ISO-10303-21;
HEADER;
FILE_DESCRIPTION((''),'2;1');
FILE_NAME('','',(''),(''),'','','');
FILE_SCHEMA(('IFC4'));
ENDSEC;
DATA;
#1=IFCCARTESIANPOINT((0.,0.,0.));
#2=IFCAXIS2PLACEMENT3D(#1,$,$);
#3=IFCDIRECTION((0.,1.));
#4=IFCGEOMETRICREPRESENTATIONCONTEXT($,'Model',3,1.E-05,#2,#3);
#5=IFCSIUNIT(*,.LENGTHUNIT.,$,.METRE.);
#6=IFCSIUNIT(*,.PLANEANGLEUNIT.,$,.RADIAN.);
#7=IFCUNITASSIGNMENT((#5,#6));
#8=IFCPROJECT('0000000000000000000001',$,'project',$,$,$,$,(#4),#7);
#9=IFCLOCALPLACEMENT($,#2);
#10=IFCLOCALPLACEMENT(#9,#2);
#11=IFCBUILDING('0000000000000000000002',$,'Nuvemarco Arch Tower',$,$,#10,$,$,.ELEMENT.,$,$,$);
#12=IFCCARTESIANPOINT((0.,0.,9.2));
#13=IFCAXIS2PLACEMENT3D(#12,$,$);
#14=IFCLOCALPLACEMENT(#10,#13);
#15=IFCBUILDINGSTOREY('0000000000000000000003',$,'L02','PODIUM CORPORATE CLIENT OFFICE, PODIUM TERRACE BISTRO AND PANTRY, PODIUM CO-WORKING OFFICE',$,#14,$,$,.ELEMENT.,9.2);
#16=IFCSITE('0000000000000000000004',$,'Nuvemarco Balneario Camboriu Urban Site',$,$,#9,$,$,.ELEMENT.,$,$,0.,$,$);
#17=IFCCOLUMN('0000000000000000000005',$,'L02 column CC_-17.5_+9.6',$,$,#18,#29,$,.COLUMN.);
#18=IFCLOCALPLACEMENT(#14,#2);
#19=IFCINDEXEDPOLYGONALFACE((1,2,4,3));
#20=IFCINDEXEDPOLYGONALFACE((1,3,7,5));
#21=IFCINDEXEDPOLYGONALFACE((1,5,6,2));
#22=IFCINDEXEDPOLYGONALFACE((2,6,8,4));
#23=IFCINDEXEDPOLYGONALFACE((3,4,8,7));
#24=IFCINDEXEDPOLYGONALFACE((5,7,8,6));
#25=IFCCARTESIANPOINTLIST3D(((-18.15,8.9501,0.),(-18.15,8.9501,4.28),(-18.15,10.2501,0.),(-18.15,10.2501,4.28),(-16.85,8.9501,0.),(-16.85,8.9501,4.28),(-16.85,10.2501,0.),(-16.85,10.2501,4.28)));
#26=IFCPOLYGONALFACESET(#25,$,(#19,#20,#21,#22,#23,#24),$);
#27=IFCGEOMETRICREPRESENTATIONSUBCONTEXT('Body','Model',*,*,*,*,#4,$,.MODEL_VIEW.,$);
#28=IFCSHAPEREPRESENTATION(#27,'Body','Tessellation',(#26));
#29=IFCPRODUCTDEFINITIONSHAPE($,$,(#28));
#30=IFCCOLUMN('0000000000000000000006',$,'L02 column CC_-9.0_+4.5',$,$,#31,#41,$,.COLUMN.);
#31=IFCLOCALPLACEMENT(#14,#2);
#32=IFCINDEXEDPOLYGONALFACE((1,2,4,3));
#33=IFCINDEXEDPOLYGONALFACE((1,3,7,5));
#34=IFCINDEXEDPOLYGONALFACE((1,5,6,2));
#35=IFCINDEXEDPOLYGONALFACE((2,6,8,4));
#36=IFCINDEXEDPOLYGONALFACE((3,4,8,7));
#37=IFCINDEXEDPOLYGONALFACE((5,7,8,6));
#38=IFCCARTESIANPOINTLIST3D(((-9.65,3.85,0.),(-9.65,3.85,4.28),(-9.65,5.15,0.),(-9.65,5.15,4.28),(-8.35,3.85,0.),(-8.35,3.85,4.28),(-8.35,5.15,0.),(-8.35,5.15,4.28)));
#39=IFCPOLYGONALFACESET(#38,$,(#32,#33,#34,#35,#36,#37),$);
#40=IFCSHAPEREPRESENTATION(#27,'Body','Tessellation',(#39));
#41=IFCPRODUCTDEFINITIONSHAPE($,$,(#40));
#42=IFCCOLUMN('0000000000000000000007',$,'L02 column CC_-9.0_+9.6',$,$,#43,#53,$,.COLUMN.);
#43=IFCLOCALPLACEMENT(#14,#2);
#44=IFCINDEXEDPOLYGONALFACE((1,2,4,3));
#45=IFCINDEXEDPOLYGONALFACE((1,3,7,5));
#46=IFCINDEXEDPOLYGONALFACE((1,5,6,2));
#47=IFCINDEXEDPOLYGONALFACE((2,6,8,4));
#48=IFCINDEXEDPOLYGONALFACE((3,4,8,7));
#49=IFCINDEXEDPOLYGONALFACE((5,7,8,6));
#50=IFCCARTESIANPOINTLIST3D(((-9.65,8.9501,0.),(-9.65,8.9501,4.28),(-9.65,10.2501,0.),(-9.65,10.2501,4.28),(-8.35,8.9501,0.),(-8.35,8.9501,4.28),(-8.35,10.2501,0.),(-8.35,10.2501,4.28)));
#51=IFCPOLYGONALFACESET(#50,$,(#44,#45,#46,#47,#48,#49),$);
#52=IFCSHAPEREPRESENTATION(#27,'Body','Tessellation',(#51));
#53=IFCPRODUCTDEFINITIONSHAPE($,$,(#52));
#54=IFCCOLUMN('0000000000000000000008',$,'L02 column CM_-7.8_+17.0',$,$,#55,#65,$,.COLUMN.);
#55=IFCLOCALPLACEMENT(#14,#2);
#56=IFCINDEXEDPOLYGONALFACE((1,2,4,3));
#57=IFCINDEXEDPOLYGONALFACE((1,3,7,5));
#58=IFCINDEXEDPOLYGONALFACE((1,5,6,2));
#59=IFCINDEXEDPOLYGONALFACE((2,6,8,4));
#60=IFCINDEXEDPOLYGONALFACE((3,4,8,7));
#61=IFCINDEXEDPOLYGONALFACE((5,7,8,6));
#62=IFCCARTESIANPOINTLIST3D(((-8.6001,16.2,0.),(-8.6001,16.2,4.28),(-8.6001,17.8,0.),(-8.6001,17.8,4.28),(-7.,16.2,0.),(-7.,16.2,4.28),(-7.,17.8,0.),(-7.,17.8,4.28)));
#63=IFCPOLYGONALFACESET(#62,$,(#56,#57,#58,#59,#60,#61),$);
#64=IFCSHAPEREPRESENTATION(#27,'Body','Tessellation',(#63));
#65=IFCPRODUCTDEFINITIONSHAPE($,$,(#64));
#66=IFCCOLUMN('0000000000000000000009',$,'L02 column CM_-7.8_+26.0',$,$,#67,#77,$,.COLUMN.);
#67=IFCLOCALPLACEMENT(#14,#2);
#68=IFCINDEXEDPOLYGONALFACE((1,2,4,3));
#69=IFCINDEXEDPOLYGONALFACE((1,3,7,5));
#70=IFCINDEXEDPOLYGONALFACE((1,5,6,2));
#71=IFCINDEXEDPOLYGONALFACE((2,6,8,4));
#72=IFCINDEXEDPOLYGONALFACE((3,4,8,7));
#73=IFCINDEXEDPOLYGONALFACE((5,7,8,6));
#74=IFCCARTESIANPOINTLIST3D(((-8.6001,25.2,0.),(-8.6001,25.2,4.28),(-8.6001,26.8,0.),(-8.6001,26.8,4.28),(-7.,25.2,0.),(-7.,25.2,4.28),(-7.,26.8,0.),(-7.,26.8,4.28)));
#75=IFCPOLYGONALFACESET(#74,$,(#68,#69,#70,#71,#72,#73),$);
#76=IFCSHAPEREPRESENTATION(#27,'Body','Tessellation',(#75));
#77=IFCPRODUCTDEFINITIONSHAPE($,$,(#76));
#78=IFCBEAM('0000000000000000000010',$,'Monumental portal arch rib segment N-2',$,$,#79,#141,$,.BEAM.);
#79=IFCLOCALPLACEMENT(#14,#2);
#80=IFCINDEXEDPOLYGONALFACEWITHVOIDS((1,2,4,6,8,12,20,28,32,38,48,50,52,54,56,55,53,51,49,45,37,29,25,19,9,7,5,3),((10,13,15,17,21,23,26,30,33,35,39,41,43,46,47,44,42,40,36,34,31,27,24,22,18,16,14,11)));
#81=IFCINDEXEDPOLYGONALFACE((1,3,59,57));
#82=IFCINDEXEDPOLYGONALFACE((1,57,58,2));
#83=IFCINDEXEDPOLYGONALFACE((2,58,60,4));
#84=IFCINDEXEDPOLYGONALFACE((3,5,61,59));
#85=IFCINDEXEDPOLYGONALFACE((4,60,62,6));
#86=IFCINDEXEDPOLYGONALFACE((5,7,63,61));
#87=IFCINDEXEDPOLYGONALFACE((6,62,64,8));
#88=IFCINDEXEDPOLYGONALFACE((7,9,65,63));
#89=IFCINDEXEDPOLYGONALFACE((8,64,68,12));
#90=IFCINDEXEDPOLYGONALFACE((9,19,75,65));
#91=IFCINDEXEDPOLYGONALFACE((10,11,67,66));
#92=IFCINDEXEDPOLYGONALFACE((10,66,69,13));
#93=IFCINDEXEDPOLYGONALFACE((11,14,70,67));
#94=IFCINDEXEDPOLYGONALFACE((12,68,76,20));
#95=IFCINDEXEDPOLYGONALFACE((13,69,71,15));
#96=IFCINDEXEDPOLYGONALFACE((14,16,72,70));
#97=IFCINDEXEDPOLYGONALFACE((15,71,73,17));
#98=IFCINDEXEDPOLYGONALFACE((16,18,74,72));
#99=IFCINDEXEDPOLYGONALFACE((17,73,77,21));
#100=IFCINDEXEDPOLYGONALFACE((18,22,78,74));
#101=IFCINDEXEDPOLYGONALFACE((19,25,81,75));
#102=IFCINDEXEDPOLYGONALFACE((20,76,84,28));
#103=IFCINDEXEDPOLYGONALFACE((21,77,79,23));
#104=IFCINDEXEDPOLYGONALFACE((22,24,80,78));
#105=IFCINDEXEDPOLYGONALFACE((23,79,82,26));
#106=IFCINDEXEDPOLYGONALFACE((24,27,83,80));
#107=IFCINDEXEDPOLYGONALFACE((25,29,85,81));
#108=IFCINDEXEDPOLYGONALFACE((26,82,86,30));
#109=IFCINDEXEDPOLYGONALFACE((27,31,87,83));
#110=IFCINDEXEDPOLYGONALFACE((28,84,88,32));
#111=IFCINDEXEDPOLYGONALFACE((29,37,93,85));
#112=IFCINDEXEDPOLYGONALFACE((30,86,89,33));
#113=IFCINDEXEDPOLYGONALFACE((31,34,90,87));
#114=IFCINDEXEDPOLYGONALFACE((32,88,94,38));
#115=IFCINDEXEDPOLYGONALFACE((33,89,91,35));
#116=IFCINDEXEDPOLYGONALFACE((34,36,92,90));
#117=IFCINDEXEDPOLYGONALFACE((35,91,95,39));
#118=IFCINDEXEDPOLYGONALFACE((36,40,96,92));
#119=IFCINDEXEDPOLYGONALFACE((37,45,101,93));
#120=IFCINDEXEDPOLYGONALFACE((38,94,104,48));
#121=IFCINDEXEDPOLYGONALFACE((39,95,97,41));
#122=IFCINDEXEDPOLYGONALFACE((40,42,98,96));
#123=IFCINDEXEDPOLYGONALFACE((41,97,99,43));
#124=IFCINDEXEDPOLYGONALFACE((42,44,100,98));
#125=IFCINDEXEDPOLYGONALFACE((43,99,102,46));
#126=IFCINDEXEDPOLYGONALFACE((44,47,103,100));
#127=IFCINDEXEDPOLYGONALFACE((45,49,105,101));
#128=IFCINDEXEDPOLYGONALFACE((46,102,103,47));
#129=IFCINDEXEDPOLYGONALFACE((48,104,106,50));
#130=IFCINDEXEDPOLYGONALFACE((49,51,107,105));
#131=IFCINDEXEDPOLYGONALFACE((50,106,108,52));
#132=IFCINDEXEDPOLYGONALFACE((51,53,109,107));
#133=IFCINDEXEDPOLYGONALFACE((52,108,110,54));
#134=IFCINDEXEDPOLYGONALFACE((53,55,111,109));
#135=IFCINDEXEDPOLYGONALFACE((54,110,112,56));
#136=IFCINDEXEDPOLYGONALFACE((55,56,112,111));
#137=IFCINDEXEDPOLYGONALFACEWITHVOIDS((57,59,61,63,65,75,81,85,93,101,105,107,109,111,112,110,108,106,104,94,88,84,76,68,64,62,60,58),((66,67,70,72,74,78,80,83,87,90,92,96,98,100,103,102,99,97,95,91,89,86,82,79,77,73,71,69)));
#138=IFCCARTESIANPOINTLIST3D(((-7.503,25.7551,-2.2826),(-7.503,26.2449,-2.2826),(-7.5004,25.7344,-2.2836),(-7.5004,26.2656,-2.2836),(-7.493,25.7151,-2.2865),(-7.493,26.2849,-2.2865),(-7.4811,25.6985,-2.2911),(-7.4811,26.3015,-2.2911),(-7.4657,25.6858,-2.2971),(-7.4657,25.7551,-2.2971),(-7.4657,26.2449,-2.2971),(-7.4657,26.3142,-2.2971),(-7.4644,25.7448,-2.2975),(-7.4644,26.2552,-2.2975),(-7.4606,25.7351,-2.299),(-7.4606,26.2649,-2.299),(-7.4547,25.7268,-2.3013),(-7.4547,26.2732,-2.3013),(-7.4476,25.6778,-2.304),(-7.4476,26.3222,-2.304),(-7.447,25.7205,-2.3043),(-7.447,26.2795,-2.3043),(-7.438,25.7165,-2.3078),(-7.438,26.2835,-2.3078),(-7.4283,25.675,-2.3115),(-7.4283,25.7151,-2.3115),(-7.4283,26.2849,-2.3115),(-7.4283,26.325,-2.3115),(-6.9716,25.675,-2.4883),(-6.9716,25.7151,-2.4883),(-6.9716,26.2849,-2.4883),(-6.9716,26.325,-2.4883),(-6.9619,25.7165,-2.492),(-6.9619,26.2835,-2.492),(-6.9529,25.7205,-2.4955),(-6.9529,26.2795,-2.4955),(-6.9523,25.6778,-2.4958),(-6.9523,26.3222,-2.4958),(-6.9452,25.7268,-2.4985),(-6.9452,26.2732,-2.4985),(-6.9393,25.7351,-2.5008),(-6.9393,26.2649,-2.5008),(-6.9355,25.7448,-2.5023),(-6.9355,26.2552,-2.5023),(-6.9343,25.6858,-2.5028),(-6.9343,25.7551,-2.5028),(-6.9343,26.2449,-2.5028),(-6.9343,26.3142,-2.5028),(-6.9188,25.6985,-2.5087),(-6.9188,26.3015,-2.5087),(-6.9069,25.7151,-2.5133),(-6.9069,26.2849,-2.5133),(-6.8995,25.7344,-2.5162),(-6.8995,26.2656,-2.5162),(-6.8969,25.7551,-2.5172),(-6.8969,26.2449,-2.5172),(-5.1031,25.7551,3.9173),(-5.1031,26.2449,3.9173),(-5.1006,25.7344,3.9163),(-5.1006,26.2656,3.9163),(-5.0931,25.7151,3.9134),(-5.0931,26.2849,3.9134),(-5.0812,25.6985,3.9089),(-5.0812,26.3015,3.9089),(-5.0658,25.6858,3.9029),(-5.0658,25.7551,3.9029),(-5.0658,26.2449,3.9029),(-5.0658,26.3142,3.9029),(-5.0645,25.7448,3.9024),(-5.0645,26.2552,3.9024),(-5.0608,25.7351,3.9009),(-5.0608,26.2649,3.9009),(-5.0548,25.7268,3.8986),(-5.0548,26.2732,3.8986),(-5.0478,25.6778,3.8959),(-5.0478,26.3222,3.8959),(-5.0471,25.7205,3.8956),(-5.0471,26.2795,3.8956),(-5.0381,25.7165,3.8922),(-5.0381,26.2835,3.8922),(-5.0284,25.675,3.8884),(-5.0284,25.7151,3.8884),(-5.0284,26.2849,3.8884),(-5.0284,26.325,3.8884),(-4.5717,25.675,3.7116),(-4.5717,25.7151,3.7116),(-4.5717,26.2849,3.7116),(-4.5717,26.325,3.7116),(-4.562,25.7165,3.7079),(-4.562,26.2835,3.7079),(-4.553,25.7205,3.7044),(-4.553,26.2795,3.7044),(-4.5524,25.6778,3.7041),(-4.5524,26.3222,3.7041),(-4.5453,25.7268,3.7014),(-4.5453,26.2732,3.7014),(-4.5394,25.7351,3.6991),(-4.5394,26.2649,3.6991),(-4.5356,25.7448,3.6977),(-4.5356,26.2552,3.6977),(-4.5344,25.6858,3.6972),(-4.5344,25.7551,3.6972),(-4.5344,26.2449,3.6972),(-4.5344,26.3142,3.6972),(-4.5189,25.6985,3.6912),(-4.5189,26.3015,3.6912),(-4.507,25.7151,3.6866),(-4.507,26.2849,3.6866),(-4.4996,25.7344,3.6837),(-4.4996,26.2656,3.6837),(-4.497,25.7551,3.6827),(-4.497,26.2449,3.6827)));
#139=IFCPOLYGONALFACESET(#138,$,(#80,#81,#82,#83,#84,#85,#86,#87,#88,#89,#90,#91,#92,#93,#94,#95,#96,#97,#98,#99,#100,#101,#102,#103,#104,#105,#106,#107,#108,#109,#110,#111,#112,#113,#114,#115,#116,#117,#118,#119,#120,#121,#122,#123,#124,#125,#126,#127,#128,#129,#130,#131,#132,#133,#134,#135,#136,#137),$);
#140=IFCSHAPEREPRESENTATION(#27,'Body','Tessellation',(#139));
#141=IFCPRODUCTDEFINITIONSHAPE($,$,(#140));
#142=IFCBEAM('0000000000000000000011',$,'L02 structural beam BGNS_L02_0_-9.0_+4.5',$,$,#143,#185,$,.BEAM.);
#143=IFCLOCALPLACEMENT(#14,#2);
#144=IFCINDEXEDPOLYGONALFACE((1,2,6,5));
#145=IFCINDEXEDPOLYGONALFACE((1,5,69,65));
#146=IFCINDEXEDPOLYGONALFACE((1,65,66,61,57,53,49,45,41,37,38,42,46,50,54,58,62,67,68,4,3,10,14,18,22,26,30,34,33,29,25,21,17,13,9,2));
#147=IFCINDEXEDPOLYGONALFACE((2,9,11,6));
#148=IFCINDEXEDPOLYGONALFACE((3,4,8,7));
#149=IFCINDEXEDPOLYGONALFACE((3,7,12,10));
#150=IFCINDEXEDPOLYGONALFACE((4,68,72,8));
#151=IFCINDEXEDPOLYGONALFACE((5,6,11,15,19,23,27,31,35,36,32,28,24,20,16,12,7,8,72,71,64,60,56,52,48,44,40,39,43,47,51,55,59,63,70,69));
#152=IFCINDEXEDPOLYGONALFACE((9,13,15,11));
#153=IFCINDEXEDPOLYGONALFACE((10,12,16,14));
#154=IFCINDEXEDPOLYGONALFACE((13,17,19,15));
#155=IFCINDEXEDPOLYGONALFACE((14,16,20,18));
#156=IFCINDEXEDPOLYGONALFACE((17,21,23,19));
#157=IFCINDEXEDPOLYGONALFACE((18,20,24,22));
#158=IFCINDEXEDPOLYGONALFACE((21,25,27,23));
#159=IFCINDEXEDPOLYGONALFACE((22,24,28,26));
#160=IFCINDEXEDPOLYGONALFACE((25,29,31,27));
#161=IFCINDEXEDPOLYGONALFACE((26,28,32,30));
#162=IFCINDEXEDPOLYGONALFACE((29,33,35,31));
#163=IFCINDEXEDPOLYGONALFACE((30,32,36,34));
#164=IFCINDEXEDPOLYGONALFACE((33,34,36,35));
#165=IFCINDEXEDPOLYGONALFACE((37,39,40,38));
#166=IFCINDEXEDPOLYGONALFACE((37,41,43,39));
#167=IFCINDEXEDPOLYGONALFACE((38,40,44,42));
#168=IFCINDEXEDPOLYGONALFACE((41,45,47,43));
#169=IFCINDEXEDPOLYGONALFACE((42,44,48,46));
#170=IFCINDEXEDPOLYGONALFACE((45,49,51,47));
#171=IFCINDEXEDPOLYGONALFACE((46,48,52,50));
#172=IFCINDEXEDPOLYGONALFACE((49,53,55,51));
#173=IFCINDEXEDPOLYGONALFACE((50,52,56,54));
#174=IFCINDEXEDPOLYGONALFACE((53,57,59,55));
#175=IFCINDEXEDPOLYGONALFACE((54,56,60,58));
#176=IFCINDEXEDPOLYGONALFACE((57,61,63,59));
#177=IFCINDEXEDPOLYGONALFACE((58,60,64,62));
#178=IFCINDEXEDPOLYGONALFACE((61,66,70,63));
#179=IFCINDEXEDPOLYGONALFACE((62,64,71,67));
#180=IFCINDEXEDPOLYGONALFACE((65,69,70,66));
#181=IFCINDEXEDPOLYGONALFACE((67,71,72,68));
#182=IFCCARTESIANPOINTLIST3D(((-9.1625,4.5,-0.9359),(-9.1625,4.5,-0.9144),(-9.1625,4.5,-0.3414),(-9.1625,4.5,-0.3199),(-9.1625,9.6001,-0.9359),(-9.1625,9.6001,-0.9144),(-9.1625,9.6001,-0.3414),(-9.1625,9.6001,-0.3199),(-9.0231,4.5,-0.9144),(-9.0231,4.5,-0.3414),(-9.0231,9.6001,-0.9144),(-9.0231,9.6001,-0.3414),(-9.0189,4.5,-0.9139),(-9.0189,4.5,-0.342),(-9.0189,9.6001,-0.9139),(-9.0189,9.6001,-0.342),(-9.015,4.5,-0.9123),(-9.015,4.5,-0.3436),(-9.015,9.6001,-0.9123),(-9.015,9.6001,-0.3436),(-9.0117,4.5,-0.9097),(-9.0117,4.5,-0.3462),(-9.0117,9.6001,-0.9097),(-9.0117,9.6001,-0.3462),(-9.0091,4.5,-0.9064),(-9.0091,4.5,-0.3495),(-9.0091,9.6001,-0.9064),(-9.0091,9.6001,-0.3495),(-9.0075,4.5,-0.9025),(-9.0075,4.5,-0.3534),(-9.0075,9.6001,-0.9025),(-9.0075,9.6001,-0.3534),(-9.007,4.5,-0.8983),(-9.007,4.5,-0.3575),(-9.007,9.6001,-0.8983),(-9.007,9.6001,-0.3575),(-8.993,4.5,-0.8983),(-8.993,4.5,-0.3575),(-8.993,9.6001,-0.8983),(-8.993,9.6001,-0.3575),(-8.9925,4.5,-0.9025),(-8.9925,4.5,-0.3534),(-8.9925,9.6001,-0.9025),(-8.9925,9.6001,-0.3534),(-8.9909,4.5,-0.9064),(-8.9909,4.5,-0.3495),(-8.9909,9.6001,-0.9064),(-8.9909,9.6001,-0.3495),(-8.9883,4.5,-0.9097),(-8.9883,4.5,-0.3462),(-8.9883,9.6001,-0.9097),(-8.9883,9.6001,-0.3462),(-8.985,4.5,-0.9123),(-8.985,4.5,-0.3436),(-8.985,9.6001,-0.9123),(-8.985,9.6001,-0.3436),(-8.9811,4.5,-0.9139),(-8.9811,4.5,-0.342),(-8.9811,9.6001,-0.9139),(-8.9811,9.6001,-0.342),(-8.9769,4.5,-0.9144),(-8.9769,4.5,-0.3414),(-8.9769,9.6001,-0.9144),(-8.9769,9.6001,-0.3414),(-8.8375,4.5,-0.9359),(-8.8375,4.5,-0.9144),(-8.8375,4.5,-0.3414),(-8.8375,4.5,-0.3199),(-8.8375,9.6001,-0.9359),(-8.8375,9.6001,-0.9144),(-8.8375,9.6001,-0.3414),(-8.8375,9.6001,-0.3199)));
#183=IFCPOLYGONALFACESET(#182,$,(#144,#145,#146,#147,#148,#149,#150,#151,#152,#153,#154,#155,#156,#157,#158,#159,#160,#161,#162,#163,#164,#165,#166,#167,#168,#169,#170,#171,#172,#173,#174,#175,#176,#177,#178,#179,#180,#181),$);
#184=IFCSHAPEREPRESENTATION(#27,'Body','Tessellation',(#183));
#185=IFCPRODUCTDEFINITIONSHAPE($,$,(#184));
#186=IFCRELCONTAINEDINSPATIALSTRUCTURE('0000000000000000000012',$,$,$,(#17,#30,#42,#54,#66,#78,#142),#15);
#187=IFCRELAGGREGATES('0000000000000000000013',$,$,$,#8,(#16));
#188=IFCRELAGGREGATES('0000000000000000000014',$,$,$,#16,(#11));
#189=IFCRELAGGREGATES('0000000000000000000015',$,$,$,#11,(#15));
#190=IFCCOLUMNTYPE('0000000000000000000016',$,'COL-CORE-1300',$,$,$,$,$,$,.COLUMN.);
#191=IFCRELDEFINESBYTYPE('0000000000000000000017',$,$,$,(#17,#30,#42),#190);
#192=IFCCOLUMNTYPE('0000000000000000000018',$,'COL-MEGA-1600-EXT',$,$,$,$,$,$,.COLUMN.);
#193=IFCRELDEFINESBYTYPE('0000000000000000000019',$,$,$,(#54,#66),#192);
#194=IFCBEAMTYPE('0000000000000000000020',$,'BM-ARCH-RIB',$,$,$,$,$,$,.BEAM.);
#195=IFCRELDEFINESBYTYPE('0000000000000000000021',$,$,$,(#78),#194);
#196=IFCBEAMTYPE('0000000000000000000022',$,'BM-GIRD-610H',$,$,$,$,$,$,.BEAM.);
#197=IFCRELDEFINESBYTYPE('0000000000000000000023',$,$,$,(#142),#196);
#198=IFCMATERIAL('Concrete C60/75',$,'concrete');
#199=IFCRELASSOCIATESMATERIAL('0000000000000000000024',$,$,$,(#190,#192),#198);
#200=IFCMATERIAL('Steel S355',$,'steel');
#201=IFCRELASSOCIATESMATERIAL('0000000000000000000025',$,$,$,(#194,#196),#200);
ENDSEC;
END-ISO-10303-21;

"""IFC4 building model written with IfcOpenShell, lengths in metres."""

from ifc_helpers import new_model, si_unit, direction, frame, origin, origin_2d, place, context, subcontext, project, spatial, rectangle, hollow_rectangle, i_section, extrude, material, material_profile, profile_set, type_object, element, save


model = new_model("IFC4")

# Units and contexts
model_context = context("Model", 3, precision=1e-05, world=origin(), true_north=direction((0.0, 1.0)))
body_context = subcontext(model_context, "Body", "Model", "MODEL_VIEW")
ifc_project = project(units=[si_unit("LENGTHUNIT", "METRE"), si_unit("PLANEANGLEUNIT", "RADIAN")], contexts=[model_context])

# Site, building, storey
site_placement = place(None, origin())
site = spatial("IfcSite", under=ifc_project, at=site_placement, Name="Nuvemarco Balneario Camboriu Urban Site", CompositionType="ELEMENT", RefElevation=0.0)
building_placement = place(site_placement, origin())
building = spatial("IfcBuilding", under=site, at=building_placement, Name="Nuvemarco Arch Tower", CompositionType="ELEMENT")
storey_placement = place(building_placement, frame((0.0, 0.0, 9.2)))
storey = spatial("IfcBuildingStorey", under=building, at=storey_placement, Name="L02", Description="PODIUM CORPORATE CLIENT OFFICE, PODIUM TERRACE BISTRO AND PANTRY, PODIUM CO-WORKING OFFICE", CompositionType="ELEMENT", Elevation=9.2)

# Columns
ifc_material_1 = material(Name="Concrete C60/75", Category="concrete")
ifc_material_profile_1 = material_profile(ifc_material_1, rectangle(XDim=1.3, YDim=1.3, at=origin_2d()), Name="RC-COL-1300x1300")
ifc_profile_set_1 = profile_set([ifc_material_profile_1], Name="Concrete C60/75")
column_type_1 = type_object("IfcColumnType", Name="COL-CORE-1300", PredefinedType="COLUMN", material=ifc_profile_set_1)
for number, where, z_axis, x_axis, name in (
    (1, (-17.5, 9.6001, 0.0), (0.0, 0.0, 1.0), (1.0, 0.0, 0.0), "L02 column CC_-17.5_+9.6"),
    (2, (-9.0, 4.5, 0.0), (0.0, 0.0, 1.0), (1.0, 0.0, 0.0), "L02 column CC_-9.0_+4.5"),
    (3, (-9.0, 9.6001, 0.0), (0.0, 0.0, 1.0), (1.0, 0.0, 0.0), "L02 column CC_-9.0_+9.6"),
):
    element("IfcColumn", number, at=place(storey_placement, frame(where, z_axis=z_axis, x_axis=x_axis)), inside=storey, type_object=column_type_1, Name=name, PredefinedType="COLUMN", context=body_context, shape_type="SweptSolid", body=[
        extrude(rectangle(XDim=1.3, YDim=1.3, at=origin_2d()), origin(), (0.0, 0.0, 1.0), 4.28),
    ])
ifc_material_profile_2 = material_profile(ifc_material_1, rectangle(XDim=1.6001, YDim=1.6001, at=origin_2d()), Name="RC-COL-1600x1600")
ifc_profile_set_2 = profile_set([ifc_material_profile_2], Name="Concrete C60/75")
column_type_2 = type_object("IfcColumnType", Name="COL-MEGA-1600-EXT", PredefinedType="COLUMN", material=ifc_profile_set_2)
for number, where, z_axis, x_axis, name in (
    (4, (-7.8, 17.0, 0.0), (0.0, 0.0, 1.0), (1.0, 0.0, 0.0), "L02 column CM_-7.8_+17.0"),
    (5, (-7.8, 26.0, 0.0), (0.0, 0.0, 1.0), (1.0, 0.0, 0.0), "L02 column CM_-7.8_+26.0"),
):
    element("IfcColumn", number, at=place(storey_placement, frame(where, z_axis=z_axis, x_axis=x_axis)), inside=storey, type_object=column_type_2, Name=name, PredefinedType="COLUMN", context=body_context, shape_type="SweptSolid", body=[
        extrude(rectangle(XDim=1.6001, YDim=1.6001, at=origin_2d()), origin(), (0.0, 0.0, 1.0), 4.28),
    ])

# Beams
ifc_material_2 = material(Name="Steel S355", Category="steel")
ifc_material_profile_3 = material_profile(ifc_material_2, hollow_rectangle(XDim=0.6499, YDim=0.6499, WallThickness=0.04, InnerFilletRadius=0.04, OuterFilletRadius=0.0801, at=origin_2d()), Name="SHS650x650x40")
ifc_profile_set_3 = profile_set([ifc_material_profile_3], Name="Steel S355")
beam_type_1 = type_object("IfcBeamType", Name="BM-ARCH-RIB", PredefinedType="BEAM", material=ifc_profile_set_3)
beam_1_placement = place(storey_placement, frame((-7.2, 26.0, -2.3999), z_axis=(0.360984, 0.0, 0.932572), x_axis=(0.0, 1.0, 0.0)))
element("IfcBeam", 6, at=beam_1_placement, inside=storey, type_object=beam_type_1, Name="Monumental portal arch rib segment N-2", PredefinedType="BEAM", context=body_context, shape_type="SweptSolid", body=[
    extrude(hollow_rectangle(XDim=0.6499, YDim=0.6499, WallThickness=0.04, InnerFilletRadius=0.04, OuterFilletRadius=0.0801, at=origin_2d()), origin(), (0.0, 0.0, 1.0), 6.6482),
])
ifc_material_profile_4 = material_profile(ifc_material_2, i_section(OverallWidth=0.325, OverallDepth=0.616, WebThickness=0.0139, FlangeThickness=0.0215, FilletRadius=0.0161, at=origin_2d()), Name="W610x174")
ifc_profile_set_4 = profile_set([ifc_material_profile_4], Name="Steel S355")
beam_type_2 = type_object("IfcBeamType", Name="BM-GIRD-610H", PredefinedType="BEAM", material=ifc_profile_set_4)
beam_2_placement = place(storey_placement, frame((-9.0, 4.5, -0.6279), z_axis=(0.0, 1.0, 0.0), x_axis=(-1.0, 0.0, 0.0)))
element("IfcBeam", 7, at=beam_2_placement, inside=storey, type_object=beam_type_2, Name="L02 structural beam BGNS_L02_0_-9.0_+4.5", PredefinedType="BEAM", context=body_context, shape_type="SweptSolid", body=[
    extrude(i_section(OverallWidth=0.325, OverallDepth=0.616, WebThickness=0.0139, FlangeThickness=0.0215, FilletRadius=0.0161, at=origin_2d()), origin(), (0.0, 0.0, 1.0), 5.1001),
])

save(model, "model.ifc")
